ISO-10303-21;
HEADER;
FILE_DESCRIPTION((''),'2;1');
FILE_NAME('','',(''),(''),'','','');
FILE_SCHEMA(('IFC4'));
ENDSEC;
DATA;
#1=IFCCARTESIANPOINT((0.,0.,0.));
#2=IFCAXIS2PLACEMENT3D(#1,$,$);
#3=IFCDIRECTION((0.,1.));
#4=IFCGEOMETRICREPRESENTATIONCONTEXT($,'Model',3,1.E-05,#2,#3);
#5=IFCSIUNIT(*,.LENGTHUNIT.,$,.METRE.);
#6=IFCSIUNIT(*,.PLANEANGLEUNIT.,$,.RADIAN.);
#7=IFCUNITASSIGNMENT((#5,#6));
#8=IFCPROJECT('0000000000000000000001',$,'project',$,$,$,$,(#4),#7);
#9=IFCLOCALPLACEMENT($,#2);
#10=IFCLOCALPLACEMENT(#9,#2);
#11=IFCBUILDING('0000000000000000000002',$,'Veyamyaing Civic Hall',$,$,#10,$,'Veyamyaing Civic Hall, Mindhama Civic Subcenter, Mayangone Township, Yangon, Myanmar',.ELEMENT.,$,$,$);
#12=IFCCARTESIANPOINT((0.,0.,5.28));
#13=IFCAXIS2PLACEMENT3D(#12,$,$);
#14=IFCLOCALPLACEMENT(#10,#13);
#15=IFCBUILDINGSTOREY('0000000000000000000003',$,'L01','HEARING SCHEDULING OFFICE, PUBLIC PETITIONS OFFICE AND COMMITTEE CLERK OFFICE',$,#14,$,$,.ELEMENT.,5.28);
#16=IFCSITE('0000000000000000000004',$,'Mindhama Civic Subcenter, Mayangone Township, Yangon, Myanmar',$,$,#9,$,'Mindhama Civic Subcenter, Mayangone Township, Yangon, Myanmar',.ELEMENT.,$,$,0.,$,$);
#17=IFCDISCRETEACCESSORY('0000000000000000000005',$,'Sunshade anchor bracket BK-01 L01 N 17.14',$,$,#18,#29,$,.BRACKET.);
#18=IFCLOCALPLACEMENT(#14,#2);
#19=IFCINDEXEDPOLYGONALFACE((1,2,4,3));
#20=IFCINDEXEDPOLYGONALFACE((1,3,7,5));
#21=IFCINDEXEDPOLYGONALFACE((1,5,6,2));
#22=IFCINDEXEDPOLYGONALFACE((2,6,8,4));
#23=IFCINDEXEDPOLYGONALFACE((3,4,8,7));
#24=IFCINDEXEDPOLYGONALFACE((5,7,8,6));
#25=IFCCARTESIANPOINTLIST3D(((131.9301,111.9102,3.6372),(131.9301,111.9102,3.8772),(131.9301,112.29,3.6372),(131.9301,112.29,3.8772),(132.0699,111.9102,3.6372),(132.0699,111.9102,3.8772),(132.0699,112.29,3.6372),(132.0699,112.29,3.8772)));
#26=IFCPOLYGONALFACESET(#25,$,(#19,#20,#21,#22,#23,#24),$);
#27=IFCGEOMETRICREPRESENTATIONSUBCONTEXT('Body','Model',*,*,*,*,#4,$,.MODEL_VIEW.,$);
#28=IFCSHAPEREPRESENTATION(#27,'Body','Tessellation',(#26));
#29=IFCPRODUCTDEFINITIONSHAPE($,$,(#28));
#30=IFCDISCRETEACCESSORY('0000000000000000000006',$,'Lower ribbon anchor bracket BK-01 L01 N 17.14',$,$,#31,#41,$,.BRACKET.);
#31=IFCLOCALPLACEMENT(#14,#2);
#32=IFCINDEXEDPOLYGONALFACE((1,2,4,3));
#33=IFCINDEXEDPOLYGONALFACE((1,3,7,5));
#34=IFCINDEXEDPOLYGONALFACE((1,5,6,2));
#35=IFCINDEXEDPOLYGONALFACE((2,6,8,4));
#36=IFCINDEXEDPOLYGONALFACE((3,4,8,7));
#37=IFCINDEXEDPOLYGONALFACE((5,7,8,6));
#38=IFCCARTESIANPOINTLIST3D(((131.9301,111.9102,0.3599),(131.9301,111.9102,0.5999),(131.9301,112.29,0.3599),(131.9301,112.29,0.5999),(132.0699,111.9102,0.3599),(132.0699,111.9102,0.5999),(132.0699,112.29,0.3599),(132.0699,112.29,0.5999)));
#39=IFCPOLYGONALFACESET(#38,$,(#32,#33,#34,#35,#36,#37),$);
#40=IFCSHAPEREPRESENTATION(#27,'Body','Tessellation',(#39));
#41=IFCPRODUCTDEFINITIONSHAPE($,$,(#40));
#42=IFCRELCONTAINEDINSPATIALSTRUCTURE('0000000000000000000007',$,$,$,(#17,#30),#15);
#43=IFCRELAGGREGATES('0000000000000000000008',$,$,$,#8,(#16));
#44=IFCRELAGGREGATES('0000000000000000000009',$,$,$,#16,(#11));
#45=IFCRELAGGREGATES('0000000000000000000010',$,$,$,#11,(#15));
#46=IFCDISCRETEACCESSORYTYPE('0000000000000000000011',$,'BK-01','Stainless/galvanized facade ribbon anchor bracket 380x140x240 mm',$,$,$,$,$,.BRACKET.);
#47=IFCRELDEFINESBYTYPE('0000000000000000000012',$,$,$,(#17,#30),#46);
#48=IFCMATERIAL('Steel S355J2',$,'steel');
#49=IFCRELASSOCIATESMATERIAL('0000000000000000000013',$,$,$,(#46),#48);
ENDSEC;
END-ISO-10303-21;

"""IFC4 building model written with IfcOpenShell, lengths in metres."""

from ifc_helpers import new_model, si_unit, direction, frame, origin, origin_2d, place, context, subcontext, project, spatial, rectangle, extrude, material, type_object, element, save


model = new_model("IFC4")

# Units and contexts
model_context = context("Model", 3, precision=1e-05, world=origin(), true_north=direction((0.0, 1.0)))
body_context = subcontext(model_context, "Body", "Model", "MODEL_VIEW")
ifc_project = project(units=[si_unit("LENGTHUNIT", "METRE"), si_unit("PLANEANGLEUNIT", "RADIAN")], contexts=[model_context])

# Site, building, storey
site_placement = place(None, origin())
site = spatial("IfcSite", under=ifc_project, at=site_placement, Name="Mindhama Civic Subcenter, Mayangone Township, Yangon, Myanmar", LongName="Mindhama Civic Subcenter, Mayangone Township, Yangon, Myanmar", CompositionType="ELEMENT", RefElevation=0.0)
building_placement = place(site_placement, origin())
building = spatial("IfcBuilding", under=site, at=building_placement, Name="Veyamyaing Civic Hall", LongName="Veyamyaing Civic Hall, Mindhama Civic Subcenter, Mayangone Township, Yangon, Myanmar", CompositionType="ELEMENT")
storey_placement = place(building_placement, frame((0.0, 0.0, 5.28)))
storey = spatial("IfcBuildingStorey", under=building, at=storey_placement, Name="L01", Description="HEARING SCHEDULING OFFICE, PUBLIC PETITIONS OFFICE AND COMMITTEE CLERK OFFICE", CompositionType="ELEMENT", Elevation=5.28)

# Discrete accessories
ifc_material_1 = material(Name="Steel S355J2", Category="steel")
discrete_accessory_type = type_object("IfcDiscreteAccessoryType", Name="BK-01", Description="Stainless/galvanized facade ribbon anchor bracket 380x140x240 mm", PredefinedType="BRACKET", material=ifc_material_1)
for number, where, z_axis, x_axis, name in (
    (1, (132.0, 112.1001, 3.6372), (0.0, 0.0, 1.0), (0.0, 1.0, 0.0), "Sunshade anchor bracket BK-01 L01 N 17.14"),
    (2, (132.0, 112.1001, 0.3599), (0.0, 0.0, 1.0), (0.0, 1.0, 0.0), "Lower ribbon anchor bracket BK-01 L01 N 17.14"),
):
    element("IfcDiscreteAccessory", number, at=place(storey_placement, frame(where, z_axis=z_axis, x_axis=x_axis)), inside=storey, type_object=discrete_accessory_type, Name=name, PredefinedType="BRACKET", context=body_context, shape_type="SweptSolid", body=[
        extrude(rectangle(XDim=0.3799, YDim=0.1399, at=origin_2d()), origin(), (0.0, 0.0, 1.0), 0.24),
    ])

save(model, "model.ifc")
